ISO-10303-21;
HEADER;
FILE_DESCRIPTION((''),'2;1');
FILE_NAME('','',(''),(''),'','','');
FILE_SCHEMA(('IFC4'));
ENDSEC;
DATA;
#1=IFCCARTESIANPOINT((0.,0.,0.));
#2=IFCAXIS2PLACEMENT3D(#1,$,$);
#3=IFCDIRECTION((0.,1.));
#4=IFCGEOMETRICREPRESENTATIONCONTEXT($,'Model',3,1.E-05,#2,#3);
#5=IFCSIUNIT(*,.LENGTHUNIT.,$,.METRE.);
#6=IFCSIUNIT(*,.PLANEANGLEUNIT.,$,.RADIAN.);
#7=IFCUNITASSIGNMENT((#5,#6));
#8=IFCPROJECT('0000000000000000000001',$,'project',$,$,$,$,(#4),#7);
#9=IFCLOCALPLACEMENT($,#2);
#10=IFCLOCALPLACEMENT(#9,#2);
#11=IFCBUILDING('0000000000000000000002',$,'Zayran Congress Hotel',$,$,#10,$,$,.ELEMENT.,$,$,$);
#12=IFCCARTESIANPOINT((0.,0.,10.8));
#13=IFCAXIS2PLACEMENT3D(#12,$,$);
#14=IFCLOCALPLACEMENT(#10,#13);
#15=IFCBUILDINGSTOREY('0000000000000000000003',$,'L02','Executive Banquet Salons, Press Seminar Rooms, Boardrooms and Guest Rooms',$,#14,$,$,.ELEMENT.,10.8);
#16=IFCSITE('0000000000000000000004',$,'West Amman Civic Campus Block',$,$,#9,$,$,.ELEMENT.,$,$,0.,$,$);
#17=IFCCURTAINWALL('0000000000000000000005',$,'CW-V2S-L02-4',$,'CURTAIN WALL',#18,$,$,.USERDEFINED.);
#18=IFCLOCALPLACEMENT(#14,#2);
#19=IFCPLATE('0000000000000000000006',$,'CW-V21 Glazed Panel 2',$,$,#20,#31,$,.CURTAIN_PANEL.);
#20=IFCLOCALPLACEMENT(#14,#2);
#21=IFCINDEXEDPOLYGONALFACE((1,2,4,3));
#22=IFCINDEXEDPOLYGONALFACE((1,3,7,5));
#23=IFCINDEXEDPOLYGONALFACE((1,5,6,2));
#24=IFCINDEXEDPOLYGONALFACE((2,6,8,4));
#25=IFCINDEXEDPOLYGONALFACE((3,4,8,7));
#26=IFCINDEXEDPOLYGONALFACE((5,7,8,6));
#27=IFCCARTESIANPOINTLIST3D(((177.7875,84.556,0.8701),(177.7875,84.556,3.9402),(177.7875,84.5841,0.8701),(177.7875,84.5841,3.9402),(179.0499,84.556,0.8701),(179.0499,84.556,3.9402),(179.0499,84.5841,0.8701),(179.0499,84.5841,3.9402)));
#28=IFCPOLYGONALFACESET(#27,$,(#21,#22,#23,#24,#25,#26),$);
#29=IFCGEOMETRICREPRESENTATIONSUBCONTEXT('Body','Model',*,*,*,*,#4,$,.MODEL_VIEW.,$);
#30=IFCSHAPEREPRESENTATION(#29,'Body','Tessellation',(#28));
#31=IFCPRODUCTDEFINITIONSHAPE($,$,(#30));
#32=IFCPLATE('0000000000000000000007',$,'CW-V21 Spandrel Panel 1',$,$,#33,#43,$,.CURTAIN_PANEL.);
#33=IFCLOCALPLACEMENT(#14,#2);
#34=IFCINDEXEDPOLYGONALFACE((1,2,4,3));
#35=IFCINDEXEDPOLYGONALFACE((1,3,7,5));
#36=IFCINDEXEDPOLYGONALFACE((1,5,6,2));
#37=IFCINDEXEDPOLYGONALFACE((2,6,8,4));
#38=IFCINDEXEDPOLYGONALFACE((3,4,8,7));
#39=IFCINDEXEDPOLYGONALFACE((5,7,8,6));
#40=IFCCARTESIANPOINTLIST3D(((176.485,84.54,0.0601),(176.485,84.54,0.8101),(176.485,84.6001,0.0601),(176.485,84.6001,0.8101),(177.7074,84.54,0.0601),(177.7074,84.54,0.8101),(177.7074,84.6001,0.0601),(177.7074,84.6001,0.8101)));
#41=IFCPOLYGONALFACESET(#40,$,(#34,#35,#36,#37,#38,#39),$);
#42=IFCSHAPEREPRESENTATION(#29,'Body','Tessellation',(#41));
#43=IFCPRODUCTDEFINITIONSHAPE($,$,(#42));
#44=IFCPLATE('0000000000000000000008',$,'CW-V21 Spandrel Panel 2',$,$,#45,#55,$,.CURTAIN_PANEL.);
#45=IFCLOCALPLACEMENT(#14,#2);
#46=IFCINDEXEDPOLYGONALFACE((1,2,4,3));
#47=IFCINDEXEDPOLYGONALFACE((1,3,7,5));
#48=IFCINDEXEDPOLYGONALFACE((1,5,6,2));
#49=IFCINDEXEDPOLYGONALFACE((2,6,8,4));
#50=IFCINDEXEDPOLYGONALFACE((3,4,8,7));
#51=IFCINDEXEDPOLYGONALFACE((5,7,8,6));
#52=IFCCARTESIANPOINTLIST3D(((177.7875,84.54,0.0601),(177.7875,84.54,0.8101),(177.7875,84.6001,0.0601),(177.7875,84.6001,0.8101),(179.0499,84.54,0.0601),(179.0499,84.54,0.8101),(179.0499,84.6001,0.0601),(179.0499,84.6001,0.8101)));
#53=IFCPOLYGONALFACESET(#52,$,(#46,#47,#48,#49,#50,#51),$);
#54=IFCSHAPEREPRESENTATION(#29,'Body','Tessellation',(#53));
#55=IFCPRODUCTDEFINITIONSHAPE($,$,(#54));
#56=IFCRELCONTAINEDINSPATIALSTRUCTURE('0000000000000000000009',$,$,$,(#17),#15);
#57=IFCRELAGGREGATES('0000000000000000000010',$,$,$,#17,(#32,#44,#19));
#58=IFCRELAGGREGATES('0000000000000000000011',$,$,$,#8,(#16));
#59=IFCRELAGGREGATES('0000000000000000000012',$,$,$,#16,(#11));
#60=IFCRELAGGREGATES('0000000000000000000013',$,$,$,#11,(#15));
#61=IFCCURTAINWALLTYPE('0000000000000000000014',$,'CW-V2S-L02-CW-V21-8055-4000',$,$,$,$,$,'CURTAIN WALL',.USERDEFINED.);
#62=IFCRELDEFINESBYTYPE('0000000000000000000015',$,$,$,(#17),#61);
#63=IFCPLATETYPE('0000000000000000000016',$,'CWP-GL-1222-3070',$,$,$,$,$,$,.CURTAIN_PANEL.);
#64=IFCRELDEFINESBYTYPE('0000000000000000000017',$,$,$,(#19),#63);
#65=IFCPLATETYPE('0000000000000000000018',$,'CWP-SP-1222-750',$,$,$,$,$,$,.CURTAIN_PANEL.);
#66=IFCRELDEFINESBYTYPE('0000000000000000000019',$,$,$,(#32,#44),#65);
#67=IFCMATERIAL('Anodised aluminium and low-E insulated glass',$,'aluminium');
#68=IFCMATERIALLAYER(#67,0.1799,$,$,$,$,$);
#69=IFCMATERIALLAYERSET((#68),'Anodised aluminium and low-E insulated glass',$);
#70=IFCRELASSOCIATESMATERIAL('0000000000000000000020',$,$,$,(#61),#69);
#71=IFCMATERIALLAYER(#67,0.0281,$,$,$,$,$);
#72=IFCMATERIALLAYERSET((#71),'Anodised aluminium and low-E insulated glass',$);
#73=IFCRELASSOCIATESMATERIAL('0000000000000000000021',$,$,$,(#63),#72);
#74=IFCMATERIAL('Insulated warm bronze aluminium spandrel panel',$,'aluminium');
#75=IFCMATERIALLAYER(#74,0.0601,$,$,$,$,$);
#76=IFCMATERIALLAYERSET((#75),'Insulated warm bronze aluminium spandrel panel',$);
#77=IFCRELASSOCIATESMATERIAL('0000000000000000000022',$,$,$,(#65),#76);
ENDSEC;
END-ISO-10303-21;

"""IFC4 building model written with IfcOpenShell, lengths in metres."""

from ifc_helpers import new_model, si_unit, direction, frame, origin, origin_2d, place, context, subcontext, project, spatial, rectangle, extrude, material, layer, layer_set, type_object, element, aggregate, save


model = new_model("IFC4")

# Units and contexts
model_context = context("Model", 3, precision=1e-05, world=origin(), true_north=direction((0.0, 1.0)))
body_context = subcontext(model_context, "Body", "Model", "MODEL_VIEW")
ifc_project = project(units=[si_unit("LENGTHUNIT", "METRE"), si_unit("PLANEANGLEUNIT", "RADIAN")], contexts=[model_context])

# Site, building, storey
site_placement = place(None, origin())
site = spatial("IfcSite", under=ifc_project, at=site_placement, Name="West Amman Civic Campus Block", CompositionType="ELEMENT", RefElevation=0.0)
building_placement = place(site_placement, origin())
building = spatial("IfcBuilding", under=site, at=building_placement, Name="Zayran Congress Hotel", CompositionType="ELEMENT")
storey_placement = place(building_placement, frame((0.0, 0.0, 10.8)))
storey = spatial("IfcBuildingStorey", under=building, at=storey_placement, Name="L02", Description="Executive Banquet Salons, Press Seminar Rooms, Boardrooms and Guest Rooms", CompositionType="ELEMENT", Elevation=10.8)

# Curtain wall
ifc_material_1 = material(Name="Anodised aluminium and low-E insulated glass", Category="aluminium")
ifc_layer_1 = layer(ifc_material_1, 0.1799)
ifc_layer_set_1 = layer_set([ifc_layer_1], Name="Anodised aluminium and low-E insulated glass")
curtain_wall_type_1 = type_object("IfcCurtainWallType", Name="CW-V2S-L02-CW-V21-8055-4000", ElementType="CURTAIN WALL", PredefinedType="USERDEFINED", material=ifc_layer_set_1)
curtain_wall_1_placement = place(storey_placement, origin())
curtain_wall_1 = element("IfcCurtainWall", 1, at=curtain_wall_1_placement, inside=storey, type_object=curtain_wall_type_1, Name="CW-V2S-L02-4", ObjectType="CURTAIN WALL", PredefinedType="USERDEFINED")

# Plates
ifc_material_2 = material(Name="Insulated warm bronze aluminium spandrel panel", Category="aluminium")
ifc_layer_2 = layer(ifc_material_1, 0.0281)
ifc_layer_set_2 = layer_set([ifc_layer_2], Name="Anodised aluminium and low-E insulated glass")
plate_type_1 = type_object("IfcPlateType", Name="CWP-GL-1222-3070", PredefinedType="CURTAIN_PANEL", material=ifc_layer_set_2)
plate_1_placement = place(storey_placement, frame((178.4187, 84.5701, 0.8701), z_axis=(0.0, 0.0, 1.0), x_axis=(1.0, 0.0, 0.0)))
plate_1 = element("IfcPlate", 2, at=plate_1_placement, type_object=plate_type_1, Name="CW-V21 Glazed Panel 2", PredefinedType="CURTAIN_PANEL", context=body_context, shape_type="SweptSolid", body=[
    extrude(rectangle(XDim=1.2625, YDim=0.0281, at=origin_2d()), origin(), (0.0, 0.0, 1.0), 3.0701),
])
ifc_layer_3 = layer(ifc_material_2, 0.0601)
ifc_layer_set_3 = layer_set([ifc_layer_3], Name="Insulated warm bronze aluminium spandrel panel")
plate_type_2 = type_object("IfcPlateType", Name="CWP-SP-1222-750", PredefinedType="CURTAIN_PANEL", material=ifc_layer_set_3)
plate_2_placement = place(storey_placement, frame((177.0962, 84.5701, 0.0601), z_axis=(0.0, 0.0, 1.0), x_axis=(1.0, 0.0, 0.0)))
plate_2 = element("IfcPlate", 3, at=plate_2_placement, type_object=plate_type_2, Name="CW-V21 Spandrel Panel 1", PredefinedType="CURTAIN_PANEL", context=body_context, shape_type="SweptSolid", body=[
    extrude(rectangle(XDim=1.2224, YDim=0.0601, at=origin_2d()), origin(), (0.0, 0.0, 1.0), 0.75),
])
plate_3_placement = place(storey_placement, frame((178.4187, 84.5701, 0.0601), z_axis=(0.0, 0.0, 1.0), x_axis=(1.0, 0.0, 0.0)))
plate_3 = element("IfcPlate", 4, at=plate_3_placement, type_object=plate_type_2, Name="CW-V21 Spandrel Panel 2", PredefinedType="CURTAIN_PANEL", context=body_context, shape_type="SweptSolid", body=[
    extrude(rectangle(XDim=1.2625, YDim=0.0601, at=origin_2d()), origin(), (0.0, 0.0, 1.0), 0.75),
])
aggregate(curtain_wall_1, [plate_2, plate_3, plate_1])

save(model, "model.ifc")
